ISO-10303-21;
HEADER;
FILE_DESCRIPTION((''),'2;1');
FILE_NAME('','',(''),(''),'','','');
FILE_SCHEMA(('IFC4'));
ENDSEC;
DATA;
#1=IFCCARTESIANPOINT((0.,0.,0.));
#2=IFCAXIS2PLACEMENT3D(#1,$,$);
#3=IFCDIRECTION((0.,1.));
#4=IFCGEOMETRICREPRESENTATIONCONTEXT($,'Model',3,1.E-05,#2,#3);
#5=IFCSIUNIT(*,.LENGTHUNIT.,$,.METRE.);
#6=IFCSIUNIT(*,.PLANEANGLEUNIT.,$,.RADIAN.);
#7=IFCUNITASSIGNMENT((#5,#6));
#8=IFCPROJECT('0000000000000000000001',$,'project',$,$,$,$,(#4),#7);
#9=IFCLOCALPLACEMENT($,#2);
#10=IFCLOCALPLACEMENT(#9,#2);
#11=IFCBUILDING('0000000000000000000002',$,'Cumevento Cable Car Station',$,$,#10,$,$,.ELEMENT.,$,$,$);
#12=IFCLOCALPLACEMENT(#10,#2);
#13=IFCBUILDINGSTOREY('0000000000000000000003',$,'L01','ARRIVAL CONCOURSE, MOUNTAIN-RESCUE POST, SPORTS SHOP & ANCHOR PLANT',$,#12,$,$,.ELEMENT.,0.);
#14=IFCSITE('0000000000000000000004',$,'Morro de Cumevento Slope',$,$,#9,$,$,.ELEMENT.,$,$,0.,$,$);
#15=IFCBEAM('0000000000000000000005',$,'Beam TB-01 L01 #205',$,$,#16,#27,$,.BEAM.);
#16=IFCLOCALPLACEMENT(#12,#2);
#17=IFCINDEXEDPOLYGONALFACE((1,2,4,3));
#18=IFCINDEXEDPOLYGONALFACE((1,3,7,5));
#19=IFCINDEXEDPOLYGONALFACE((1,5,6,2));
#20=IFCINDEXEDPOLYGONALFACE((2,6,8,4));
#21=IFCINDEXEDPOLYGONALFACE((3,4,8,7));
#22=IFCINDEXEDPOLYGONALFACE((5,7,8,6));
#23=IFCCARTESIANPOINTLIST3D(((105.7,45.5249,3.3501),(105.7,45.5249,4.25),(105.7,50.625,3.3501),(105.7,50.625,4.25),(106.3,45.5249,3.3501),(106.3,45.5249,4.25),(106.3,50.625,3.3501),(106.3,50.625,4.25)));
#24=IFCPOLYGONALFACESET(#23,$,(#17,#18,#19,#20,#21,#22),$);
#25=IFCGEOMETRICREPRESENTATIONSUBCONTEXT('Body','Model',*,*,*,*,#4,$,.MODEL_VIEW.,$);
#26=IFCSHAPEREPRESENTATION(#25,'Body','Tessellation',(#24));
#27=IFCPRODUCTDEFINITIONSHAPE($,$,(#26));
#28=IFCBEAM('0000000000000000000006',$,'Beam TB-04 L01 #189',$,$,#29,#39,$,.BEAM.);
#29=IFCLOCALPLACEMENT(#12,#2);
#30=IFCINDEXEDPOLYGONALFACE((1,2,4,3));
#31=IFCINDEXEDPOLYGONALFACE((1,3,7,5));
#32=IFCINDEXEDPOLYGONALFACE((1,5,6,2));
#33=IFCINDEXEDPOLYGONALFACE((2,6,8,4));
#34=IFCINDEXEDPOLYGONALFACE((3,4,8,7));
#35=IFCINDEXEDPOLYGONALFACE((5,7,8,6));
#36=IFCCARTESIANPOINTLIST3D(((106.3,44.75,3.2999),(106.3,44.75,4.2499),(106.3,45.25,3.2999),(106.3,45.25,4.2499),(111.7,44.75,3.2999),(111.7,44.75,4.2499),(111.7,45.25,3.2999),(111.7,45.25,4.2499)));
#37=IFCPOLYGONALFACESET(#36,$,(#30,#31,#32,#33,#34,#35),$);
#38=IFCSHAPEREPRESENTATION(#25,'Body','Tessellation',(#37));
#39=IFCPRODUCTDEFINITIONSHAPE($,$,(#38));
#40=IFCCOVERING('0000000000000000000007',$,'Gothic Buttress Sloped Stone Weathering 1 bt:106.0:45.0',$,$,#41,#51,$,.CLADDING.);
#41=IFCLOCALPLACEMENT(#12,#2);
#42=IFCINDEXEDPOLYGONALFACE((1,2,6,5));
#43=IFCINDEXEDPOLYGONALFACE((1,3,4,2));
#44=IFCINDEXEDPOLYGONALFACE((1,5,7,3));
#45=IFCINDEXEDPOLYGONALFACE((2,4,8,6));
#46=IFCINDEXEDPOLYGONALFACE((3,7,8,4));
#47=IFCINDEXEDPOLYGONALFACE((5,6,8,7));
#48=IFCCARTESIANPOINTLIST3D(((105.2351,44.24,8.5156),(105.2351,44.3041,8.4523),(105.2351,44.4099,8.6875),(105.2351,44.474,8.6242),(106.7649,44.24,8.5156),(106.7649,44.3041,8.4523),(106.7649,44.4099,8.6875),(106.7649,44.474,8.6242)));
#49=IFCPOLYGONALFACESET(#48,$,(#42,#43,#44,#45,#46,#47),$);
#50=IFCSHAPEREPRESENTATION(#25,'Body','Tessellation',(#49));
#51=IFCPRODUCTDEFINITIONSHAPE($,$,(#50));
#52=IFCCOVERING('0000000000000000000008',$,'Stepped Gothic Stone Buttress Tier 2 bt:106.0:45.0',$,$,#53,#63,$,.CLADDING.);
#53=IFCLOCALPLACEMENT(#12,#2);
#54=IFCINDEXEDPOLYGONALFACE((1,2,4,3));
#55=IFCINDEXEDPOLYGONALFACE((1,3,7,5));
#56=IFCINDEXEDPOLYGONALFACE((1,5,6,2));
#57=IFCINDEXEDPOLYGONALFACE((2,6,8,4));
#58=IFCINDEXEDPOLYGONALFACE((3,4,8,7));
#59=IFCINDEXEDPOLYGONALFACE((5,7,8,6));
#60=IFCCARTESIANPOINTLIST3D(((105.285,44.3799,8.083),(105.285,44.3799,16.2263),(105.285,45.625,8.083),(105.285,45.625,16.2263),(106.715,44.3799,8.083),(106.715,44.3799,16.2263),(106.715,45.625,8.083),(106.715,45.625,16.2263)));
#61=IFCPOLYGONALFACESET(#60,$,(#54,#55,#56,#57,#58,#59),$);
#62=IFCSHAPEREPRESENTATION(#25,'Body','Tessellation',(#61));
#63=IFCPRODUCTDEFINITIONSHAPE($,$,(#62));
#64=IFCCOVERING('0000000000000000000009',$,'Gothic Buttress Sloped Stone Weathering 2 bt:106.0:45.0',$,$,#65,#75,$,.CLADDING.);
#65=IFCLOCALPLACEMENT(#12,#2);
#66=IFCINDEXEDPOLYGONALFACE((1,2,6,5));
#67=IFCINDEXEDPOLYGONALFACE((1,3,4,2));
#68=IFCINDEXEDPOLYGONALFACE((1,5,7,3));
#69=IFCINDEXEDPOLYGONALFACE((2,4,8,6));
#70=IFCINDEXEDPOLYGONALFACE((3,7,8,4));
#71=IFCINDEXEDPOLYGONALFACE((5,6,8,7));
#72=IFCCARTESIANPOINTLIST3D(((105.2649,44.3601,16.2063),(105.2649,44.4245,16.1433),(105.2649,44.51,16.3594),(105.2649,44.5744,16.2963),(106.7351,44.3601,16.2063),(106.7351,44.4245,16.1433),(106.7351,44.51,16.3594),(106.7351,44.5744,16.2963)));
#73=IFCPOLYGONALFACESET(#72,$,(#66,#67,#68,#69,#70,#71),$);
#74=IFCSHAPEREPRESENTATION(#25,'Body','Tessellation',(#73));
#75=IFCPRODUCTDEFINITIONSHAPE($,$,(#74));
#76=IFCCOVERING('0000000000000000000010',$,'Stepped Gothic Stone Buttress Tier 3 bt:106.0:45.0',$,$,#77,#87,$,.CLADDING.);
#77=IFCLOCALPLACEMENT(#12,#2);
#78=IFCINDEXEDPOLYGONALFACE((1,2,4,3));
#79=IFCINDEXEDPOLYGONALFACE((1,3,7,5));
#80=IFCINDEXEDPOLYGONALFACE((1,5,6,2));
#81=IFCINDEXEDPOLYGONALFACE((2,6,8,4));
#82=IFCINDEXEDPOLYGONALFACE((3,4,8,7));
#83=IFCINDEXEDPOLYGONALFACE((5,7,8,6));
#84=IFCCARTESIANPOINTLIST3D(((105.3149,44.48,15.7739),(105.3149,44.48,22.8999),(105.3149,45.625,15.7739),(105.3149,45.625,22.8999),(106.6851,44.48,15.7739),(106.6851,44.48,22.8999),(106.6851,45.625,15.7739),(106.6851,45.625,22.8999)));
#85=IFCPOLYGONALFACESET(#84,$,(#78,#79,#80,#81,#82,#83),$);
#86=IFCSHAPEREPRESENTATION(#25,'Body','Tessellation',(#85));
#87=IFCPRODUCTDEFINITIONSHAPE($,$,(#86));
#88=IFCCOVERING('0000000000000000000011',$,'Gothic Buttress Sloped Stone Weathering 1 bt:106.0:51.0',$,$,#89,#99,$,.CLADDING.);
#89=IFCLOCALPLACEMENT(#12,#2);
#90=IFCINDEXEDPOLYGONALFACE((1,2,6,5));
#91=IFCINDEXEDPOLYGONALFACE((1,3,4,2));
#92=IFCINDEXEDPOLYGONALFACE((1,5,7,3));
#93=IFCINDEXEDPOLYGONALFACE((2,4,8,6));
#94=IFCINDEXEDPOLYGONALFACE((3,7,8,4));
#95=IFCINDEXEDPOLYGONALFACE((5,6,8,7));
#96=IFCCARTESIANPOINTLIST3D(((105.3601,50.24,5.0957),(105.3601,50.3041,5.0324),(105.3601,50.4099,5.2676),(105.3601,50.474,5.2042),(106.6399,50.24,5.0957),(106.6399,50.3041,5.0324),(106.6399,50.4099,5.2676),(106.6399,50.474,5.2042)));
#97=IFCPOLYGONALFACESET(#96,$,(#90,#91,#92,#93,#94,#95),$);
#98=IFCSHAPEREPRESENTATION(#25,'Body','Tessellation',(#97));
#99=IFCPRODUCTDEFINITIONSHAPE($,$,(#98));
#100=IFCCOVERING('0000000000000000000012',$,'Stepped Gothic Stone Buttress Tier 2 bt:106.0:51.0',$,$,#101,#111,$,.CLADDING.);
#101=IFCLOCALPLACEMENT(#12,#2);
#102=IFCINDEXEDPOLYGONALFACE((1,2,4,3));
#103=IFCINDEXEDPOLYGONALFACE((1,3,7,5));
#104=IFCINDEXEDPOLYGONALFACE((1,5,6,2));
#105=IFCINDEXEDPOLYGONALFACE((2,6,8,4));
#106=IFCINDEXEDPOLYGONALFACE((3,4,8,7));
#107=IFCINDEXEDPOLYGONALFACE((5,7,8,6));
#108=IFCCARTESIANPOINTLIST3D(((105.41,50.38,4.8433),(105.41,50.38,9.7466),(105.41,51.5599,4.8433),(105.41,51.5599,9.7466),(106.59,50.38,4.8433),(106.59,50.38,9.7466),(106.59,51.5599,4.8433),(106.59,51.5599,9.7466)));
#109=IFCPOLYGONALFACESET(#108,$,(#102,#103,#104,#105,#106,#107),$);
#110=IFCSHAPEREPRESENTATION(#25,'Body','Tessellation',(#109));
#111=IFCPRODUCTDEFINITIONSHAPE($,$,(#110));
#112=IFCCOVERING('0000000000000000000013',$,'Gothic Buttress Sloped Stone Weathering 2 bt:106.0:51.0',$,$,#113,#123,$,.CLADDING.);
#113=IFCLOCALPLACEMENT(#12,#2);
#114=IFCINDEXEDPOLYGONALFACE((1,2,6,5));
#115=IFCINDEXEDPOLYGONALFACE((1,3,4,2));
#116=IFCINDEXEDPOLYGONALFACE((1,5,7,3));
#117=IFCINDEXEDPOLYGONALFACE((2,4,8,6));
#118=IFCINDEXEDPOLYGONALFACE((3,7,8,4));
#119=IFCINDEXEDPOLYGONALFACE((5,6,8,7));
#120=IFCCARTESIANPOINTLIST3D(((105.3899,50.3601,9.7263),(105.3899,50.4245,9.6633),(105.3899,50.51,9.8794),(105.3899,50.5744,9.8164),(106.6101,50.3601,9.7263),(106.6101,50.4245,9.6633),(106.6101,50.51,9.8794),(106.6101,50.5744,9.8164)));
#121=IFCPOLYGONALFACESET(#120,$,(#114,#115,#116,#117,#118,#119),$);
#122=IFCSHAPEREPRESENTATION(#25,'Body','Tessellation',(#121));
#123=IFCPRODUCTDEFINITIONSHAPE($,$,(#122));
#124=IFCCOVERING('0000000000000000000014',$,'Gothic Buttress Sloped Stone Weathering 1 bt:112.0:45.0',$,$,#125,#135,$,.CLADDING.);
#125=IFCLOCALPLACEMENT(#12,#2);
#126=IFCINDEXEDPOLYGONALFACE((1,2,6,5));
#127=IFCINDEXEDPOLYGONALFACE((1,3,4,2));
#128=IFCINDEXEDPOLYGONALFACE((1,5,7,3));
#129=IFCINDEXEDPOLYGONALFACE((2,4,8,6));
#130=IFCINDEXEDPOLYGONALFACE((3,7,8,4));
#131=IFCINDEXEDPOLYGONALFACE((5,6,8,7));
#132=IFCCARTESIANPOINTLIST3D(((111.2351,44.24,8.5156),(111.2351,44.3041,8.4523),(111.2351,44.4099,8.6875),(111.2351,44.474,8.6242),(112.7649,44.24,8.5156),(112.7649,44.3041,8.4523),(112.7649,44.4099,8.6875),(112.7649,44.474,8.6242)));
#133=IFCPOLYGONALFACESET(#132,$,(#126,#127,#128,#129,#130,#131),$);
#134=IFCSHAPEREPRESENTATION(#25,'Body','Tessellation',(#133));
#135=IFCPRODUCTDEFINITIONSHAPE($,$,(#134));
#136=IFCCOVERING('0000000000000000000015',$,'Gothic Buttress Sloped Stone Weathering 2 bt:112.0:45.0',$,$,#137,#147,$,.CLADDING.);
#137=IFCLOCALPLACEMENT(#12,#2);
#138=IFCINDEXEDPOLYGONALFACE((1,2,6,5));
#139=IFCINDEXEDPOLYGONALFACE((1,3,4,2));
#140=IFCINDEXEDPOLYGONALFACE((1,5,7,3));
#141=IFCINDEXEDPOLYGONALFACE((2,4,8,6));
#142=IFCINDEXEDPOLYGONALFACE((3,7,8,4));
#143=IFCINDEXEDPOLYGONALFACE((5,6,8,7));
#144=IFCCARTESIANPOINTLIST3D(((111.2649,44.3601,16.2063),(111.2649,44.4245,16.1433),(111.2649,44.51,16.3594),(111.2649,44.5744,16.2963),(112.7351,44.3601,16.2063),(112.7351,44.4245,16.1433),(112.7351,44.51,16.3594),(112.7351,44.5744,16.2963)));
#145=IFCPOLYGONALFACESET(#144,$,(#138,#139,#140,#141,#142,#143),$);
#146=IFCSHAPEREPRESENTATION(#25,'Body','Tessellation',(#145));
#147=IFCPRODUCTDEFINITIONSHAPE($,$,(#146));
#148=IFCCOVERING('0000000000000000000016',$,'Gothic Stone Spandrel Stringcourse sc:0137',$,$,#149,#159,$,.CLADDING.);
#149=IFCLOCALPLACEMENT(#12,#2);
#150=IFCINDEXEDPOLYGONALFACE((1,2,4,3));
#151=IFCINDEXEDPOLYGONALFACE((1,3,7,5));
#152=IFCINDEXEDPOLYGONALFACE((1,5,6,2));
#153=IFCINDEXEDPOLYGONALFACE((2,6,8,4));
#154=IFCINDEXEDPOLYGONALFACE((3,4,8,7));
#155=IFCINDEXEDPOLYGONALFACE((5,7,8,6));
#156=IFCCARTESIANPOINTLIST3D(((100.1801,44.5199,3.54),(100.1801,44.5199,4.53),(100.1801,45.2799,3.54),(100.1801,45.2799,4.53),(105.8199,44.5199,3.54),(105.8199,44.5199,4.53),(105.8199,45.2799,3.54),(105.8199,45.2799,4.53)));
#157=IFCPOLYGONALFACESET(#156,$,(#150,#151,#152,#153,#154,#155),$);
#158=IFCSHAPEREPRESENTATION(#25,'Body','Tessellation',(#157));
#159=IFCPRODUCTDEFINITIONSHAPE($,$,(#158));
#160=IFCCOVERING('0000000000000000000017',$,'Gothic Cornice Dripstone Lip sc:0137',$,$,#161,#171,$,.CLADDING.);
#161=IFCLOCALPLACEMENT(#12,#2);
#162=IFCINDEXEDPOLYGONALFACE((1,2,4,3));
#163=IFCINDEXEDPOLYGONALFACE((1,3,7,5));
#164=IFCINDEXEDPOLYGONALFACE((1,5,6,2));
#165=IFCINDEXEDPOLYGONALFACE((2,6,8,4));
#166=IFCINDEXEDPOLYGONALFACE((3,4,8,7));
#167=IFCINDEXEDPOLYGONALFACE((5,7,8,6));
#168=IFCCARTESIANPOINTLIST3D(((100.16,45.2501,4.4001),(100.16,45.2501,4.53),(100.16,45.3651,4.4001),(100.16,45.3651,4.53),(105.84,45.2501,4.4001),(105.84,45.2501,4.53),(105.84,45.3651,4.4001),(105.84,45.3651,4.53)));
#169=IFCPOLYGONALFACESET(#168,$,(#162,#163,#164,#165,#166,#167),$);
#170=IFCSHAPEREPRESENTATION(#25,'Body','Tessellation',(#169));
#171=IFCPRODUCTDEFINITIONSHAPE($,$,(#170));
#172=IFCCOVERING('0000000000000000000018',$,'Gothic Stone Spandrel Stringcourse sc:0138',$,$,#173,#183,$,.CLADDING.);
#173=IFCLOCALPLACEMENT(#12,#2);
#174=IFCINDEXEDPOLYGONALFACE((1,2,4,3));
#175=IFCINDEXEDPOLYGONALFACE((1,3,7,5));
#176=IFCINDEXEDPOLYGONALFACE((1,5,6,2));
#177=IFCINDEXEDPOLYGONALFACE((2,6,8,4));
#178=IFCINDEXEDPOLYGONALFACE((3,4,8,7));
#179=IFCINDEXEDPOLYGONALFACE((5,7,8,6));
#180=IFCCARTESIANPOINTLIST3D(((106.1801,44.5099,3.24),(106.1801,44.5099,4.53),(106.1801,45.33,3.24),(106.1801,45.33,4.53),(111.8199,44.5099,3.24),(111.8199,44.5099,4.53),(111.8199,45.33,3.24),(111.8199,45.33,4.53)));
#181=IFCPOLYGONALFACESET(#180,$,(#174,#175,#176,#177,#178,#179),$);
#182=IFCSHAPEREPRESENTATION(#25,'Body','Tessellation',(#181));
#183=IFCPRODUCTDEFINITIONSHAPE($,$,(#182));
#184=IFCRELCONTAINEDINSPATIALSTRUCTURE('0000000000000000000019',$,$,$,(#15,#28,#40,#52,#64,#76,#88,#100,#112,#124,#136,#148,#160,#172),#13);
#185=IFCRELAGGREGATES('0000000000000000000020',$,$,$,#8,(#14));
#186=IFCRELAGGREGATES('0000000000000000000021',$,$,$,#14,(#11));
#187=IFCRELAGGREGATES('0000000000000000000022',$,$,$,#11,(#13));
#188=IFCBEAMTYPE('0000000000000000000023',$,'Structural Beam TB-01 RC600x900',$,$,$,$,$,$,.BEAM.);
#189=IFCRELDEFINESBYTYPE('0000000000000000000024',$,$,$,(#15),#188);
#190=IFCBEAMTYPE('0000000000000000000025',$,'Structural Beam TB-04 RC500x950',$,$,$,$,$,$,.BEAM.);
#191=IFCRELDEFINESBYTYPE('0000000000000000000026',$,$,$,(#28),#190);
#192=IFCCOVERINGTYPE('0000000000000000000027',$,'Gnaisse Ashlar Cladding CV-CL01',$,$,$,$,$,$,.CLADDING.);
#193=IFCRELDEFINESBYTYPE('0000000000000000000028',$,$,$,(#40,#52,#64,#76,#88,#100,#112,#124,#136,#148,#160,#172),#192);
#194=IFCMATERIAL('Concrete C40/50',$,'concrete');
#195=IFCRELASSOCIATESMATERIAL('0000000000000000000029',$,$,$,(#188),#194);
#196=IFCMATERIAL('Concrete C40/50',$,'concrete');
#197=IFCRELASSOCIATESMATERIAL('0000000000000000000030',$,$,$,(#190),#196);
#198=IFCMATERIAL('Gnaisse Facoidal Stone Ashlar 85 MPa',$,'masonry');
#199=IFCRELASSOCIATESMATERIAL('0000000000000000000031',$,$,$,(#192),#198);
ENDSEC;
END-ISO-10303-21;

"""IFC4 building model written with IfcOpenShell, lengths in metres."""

from ifc_helpers import new_model, si_unit, direction, frame, origin, origin_2d, place, context, subcontext, project, spatial, polyline, rectangle, outline, extrude, material, material_profile, profile_set, type_object, element, save


model = new_model("IFC4")

# Units and contexts
model_context = context("Model", 3, precision=1e-05, world=origin(), true_north=direction((0.0, 1.0)))
body_context = subcontext(model_context, "Body", "Model", "MODEL_VIEW")
ifc_project = project(units=[si_unit("LENGTHUNIT", "METRE"), si_unit("PLANEANGLEUNIT", "RADIAN")], contexts=[model_context])

# Site, building, storey
site_placement = place(None, origin())
site = spatial("IfcSite", under=ifc_project, at=site_placement, Name="Morro de Cumevento Slope", CompositionType="ELEMENT", RefElevation=0.0)
building_placement = place(site_placement, origin())
building = spatial("IfcBuilding", under=site, at=building_placement, Name="Cumevento Cable Car Station", CompositionType="ELEMENT")
storey_placement = place(building_placement, origin())
storey = spatial("IfcBuildingStorey", under=building, at=storey_placement, Name="L01", Description="ARRIVAL CONCOURSE, MOUNTAIN-RESCUE POST, SPORTS SHOP & ANCHOR PLANT", CompositionType="ELEMENT", Elevation=0.0)

# Beams
ifc_material_1 = material(Name="Concrete C40/50", Category="concrete")
ifc_material_profile_1 = material_profile(ifc_material_1, rectangle(XDim=0.6001, YDim=0.8999, at=origin_2d()), Name="RC600x900")
ifc_profile_set_1 = profile_set([ifc_material_profile_1], Name="Concrete C40/50")
beam_type_1 = type_object("IfcBeamType", Name="Structural Beam TB-01 RC600x900", PredefinedType="BEAM", material=ifc_profile_set_1)
beam_1_placement = place(storey_placement, frame((106.0, 45.5249, 3.8), z_axis=(0.0, 1.0, 0.0), x_axis=(-1.0, 0.0, 0.0)))
element("IfcBeam", 1, at=beam_1_placement, inside=storey, type_object=beam_type_1, Name="Beam TB-01 L01 #205", PredefinedType="BEAM", context=body_context, shape_type="SweptSolid", body=[
    extrude(rectangle(XDim=0.6001, YDim=0.8999, at=origin_2d()), origin(), (0.0, 0.0, 1.0), 5.1001),
])
ifc_material_2 = material(Name="Concrete C40/50", Category="concrete")
ifc_material_profile_2 = material_profile(ifc_material_2, rectangle(XDim=0.5, YDim=0.95, at=origin_2d()), Name="RC500x950")
ifc_profile_set_2 = profile_set([ifc_material_profile_2], Name="Concrete C40/50")
beam_type_2 = type_object("IfcBeamType", Name="Structural Beam TB-04 RC500x950", PredefinedType="BEAM", material=ifc_profile_set_2)
beam_2_placement = place(storey_placement, frame((106.3, 45.0, 3.7749), z_axis=(1.0, 0.0, 0.0), x_axis=(0.0, 1.0, 0.0)))
element("IfcBeam", 2, at=beam_2_placement, inside=storey, type_object=beam_type_2, Name="Beam TB-04 L01 #189", PredefinedType="BEAM", context=body_context, shape_type="SweptSolid", body=[
    extrude(rectangle(XDim=0.5, YDim=0.95, at=origin_2d()), origin(), (0.0, 0.0, 1.0), 5.3999),
])

# Coverings
ifc_material_3 = material(Name="Gnaisse Facoidal Stone Ashlar 85 MPa", Category="masonry")
covering_type = type_object("IfcCoveringType", Name="Gnaisse Ashlar Cladding CV-CL01", PredefinedType="CLADDING", material=ifc_material_3)
covering_1_placement = place(storey_placement, frame((105.2351, 44.24, 8.5156), z_axis=(0.0, -0.711136, 0.703055), x_axis=(1.0, 0.0, 0.0)))
element("IfcCovering", 3, at=covering_1_placement, inside=storey, type_object=covering_type, Name="Gothic Buttress Sloped Stone Weathering 1 bt:106.0:45.0", PredefinedType="CLADDING", context=body_context, shape_type="SweptSolid", body=[
    extrude(outline(polyline([(0.0, 0.0), (1.5298, 0.0), (1.5298, 0.2417), (0.0, 0.2417), (0.0, 0.0)])), origin(), (0.0, 0.0, -1.0), 0.0901),
])
covering_2_placement = place(storey_placement, frame((106.0, 45.0024, 8.083), z_axis=(0.0, 0.0, 1.0), x_axis=(1.0, 0.0, 0.0)))
element("IfcCovering", 4, at=covering_2_placement, inside=storey, type_object=covering_type, Name="Stepped Gothic Stone Buttress Tier 2 bt:106.0:45.0", PredefinedType="CLADDING", context=body_context, shape_type="SweptSolid", body=[
    extrude(rectangle(XDim=1.4299, YDim=1.2451, at=origin_2d()), origin(), (0.0, 0.0, 1.0), 8.1433),
])
covering_3_placement = place(storey_placement, frame((105.2649, 44.3601, 16.2063), z_axis=(0.0, -0.714475, 0.699661), x_axis=(1.0, 0.0, 0.0)))
element("IfcCovering", 5, at=covering_3_placement, inside=storey, type_object=covering_type, Name="Gothic Buttress Sloped Stone Weathering 2 bt:106.0:45.0", PredefinedType="CLADDING", context=body_context, shape_type="SweptSolid", body=[
    extrude(outline(polyline([(0.0, 0.0), (1.4702, 0.0), (1.4702, 0.2142), (0.0, 0.2142), (0.0, 0.0)])), origin(), (0.0, 0.0, -1.0), 0.0901),
])
covering_4_placement = place(storey_placement, frame((106.0, 45.0525, 15.7739), z_axis=(0.0, 0.0, 1.0), x_axis=(1.0, 0.0, 0.0)))
element("IfcCovering", 6, at=covering_4_placement, inside=storey, type_object=covering_type, Name="Stepped Gothic Stone Buttress Tier 3 bt:106.0:45.0", PredefinedType="CLADDING", context=body_context, shape_type="SweptSolid", body=[
    extrude(rectangle(XDim=1.3701, YDim=1.145, at=origin_2d()), origin(), (0.0, 0.0, 1.0), 7.126),
])
covering_5_placement = place(storey_placement, frame((105.3601, 50.24, 5.0957), z_axis=(0.0, -0.711136, 0.703055), x_axis=(1.0, 0.0, 0.0)))
element("IfcCovering", 7, at=covering_5_placement, inside=storey, type_object=covering_type, Name="Gothic Buttress Sloped Stone Weathering 1 bt:106.0:51.0", PredefinedType="CLADDING", context=body_context, shape_type="SweptSolid", body=[
    extrude(outline(polyline([(0.0, 0.0), (1.2798, 0.0), (1.2798, 0.2417), (0.0, 0.2417), (0.0, 0.0)])), origin(), (0.0, 0.0, -1.0), 0.0901),
])
covering_6_placement = place(storey_placement, frame((106.0, 50.97, 4.8433), z_axis=(0.0, 0.0, 1.0), x_axis=(1.0, 0.0, 0.0)))
element("IfcCovering", 8, at=covering_6_placement, inside=storey, type_object=covering_type, Name="Stepped Gothic Stone Buttress Tier 2 bt:106.0:51.0", PredefinedType="CLADDING", context=body_context, shape_type="SweptSolid", body=[
    extrude(rectangle(XDim=1.1799, YDim=1.1799, at=origin_2d()), origin(), (0.0, 0.0, 1.0), 4.9033),
])
covering_7_placement = place(storey_placement, frame((105.3899, 50.3601, 9.7263), z_axis=(0.0, -0.714475, 0.699661), x_axis=(1.0, 0.0, 0.0)))
element("IfcCovering", 9, at=covering_7_placement, inside=storey, type_object=covering_type, Name="Gothic Buttress Sloped Stone Weathering 2 bt:106.0:51.0", PredefinedType="CLADDING", context=body_context, shape_type="SweptSolid", body=[
    extrude(outline(polyline([(0.0, 0.0), (1.2202, 0.0), (1.2202, 0.2142), (0.0, 0.2142), (0.0, 0.0)])), origin(), (0.0, 0.0, -1.0), 0.0901),
])
covering_8_placement = place(storey_placement, frame((111.2351, 44.24, 8.5156), z_axis=(0.0, -0.711136, 0.703055), x_axis=(1.0, 0.0, 0.0)))
element("IfcCovering", 10, at=covering_8_placement, inside=storey, type_object=covering_type, Name="Gothic Buttress Sloped Stone Weathering 1 bt:112.0:45.0", PredefinedType="CLADDING", context=body_context, shape_type="SweptSolid", body=[
    extrude(outline(polyline([(0.0, 0.0), (1.5298, 0.0), (1.5298, 0.2417), (0.0, 0.2417), (0.0, 0.0)])), origin(), (0.0, 0.0, -1.0), 0.0901),
])
covering_9_placement = place(storey_placement, frame((111.2649, 44.3601, 16.2063), z_axis=(0.0, -0.714475, 0.699661), x_axis=(1.0, 0.0, 0.0)))
element("IfcCovering", 11, at=covering_9_placement, inside=storey, type_object=covering_type, Name="Gothic Buttress Sloped Stone Weathering 2 bt:112.0:45.0", PredefinedType="CLADDING", context=body_context, shape_type="SweptSolid", body=[
    extrude(outline(polyline([(0.0, 0.0), (1.4702, 0.0), (1.4702, 0.2142), (0.0, 0.2142), (0.0, 0.0)])), origin(), (0.0, 0.0, -1.0), 0.0901),
])
covering_10_placement = place(storey_placement, frame((103.0, 44.8999, 3.54), z_axis=(0.0, 0.0, 1.0), x_axis=(1.0, 0.0, 0.0)))
element("IfcCovering", 12, at=covering_10_placement, inside=storey, type_object=covering_type, Name="Gothic Stone Spandrel Stringcourse sc:0137", PredefinedType="CLADDING", context=body_context, shape_type="SweptSolid", body=[
    extrude(rectangle(XDim=5.6399, YDim=0.76, at=origin_2d()), origin(), (0.0, 0.0, 1.0), 0.99),
])
covering_11_placement = place(storey_placement, frame((103.0, 45.3076, 4.4001), z_axis=(0.0, 0.0, 1.0), x_axis=(1.0, 0.0, 0.0)))
element("IfcCovering", 13, at=covering_11_placement, inside=storey, type_object=covering_type, Name="Gothic Cornice Dripstone Lip sc:0137", PredefinedType="CLADDING", context=body_context, shape_type="SweptSolid", body=[
    extrude(rectangle(XDim=5.6799, YDim=0.115, at=origin_2d()), origin(), (0.0, 0.0, 1.0), 0.1299),
])
covering_12_placement = place(storey_placement, frame((109.0, 44.9199, 3.24), z_axis=(0.0, 0.0, 1.0), x_axis=(1.0, 0.0, 0.0)))
element("IfcCovering", 14, at=covering_12_placement, inside=storey, type_object=covering_type, Name="Gothic Stone Spandrel Stringcourse sc:0138", PredefinedType="CLADDING", context=body_context, shape_type="SweptSolid", body=[
    extrude(rectangle(XDim=5.6399, YDim=0.8201, at=origin_2d()), origin(), (0.0, 0.0, 1.0), 1.29),
])

save(model, "model.ifc")
